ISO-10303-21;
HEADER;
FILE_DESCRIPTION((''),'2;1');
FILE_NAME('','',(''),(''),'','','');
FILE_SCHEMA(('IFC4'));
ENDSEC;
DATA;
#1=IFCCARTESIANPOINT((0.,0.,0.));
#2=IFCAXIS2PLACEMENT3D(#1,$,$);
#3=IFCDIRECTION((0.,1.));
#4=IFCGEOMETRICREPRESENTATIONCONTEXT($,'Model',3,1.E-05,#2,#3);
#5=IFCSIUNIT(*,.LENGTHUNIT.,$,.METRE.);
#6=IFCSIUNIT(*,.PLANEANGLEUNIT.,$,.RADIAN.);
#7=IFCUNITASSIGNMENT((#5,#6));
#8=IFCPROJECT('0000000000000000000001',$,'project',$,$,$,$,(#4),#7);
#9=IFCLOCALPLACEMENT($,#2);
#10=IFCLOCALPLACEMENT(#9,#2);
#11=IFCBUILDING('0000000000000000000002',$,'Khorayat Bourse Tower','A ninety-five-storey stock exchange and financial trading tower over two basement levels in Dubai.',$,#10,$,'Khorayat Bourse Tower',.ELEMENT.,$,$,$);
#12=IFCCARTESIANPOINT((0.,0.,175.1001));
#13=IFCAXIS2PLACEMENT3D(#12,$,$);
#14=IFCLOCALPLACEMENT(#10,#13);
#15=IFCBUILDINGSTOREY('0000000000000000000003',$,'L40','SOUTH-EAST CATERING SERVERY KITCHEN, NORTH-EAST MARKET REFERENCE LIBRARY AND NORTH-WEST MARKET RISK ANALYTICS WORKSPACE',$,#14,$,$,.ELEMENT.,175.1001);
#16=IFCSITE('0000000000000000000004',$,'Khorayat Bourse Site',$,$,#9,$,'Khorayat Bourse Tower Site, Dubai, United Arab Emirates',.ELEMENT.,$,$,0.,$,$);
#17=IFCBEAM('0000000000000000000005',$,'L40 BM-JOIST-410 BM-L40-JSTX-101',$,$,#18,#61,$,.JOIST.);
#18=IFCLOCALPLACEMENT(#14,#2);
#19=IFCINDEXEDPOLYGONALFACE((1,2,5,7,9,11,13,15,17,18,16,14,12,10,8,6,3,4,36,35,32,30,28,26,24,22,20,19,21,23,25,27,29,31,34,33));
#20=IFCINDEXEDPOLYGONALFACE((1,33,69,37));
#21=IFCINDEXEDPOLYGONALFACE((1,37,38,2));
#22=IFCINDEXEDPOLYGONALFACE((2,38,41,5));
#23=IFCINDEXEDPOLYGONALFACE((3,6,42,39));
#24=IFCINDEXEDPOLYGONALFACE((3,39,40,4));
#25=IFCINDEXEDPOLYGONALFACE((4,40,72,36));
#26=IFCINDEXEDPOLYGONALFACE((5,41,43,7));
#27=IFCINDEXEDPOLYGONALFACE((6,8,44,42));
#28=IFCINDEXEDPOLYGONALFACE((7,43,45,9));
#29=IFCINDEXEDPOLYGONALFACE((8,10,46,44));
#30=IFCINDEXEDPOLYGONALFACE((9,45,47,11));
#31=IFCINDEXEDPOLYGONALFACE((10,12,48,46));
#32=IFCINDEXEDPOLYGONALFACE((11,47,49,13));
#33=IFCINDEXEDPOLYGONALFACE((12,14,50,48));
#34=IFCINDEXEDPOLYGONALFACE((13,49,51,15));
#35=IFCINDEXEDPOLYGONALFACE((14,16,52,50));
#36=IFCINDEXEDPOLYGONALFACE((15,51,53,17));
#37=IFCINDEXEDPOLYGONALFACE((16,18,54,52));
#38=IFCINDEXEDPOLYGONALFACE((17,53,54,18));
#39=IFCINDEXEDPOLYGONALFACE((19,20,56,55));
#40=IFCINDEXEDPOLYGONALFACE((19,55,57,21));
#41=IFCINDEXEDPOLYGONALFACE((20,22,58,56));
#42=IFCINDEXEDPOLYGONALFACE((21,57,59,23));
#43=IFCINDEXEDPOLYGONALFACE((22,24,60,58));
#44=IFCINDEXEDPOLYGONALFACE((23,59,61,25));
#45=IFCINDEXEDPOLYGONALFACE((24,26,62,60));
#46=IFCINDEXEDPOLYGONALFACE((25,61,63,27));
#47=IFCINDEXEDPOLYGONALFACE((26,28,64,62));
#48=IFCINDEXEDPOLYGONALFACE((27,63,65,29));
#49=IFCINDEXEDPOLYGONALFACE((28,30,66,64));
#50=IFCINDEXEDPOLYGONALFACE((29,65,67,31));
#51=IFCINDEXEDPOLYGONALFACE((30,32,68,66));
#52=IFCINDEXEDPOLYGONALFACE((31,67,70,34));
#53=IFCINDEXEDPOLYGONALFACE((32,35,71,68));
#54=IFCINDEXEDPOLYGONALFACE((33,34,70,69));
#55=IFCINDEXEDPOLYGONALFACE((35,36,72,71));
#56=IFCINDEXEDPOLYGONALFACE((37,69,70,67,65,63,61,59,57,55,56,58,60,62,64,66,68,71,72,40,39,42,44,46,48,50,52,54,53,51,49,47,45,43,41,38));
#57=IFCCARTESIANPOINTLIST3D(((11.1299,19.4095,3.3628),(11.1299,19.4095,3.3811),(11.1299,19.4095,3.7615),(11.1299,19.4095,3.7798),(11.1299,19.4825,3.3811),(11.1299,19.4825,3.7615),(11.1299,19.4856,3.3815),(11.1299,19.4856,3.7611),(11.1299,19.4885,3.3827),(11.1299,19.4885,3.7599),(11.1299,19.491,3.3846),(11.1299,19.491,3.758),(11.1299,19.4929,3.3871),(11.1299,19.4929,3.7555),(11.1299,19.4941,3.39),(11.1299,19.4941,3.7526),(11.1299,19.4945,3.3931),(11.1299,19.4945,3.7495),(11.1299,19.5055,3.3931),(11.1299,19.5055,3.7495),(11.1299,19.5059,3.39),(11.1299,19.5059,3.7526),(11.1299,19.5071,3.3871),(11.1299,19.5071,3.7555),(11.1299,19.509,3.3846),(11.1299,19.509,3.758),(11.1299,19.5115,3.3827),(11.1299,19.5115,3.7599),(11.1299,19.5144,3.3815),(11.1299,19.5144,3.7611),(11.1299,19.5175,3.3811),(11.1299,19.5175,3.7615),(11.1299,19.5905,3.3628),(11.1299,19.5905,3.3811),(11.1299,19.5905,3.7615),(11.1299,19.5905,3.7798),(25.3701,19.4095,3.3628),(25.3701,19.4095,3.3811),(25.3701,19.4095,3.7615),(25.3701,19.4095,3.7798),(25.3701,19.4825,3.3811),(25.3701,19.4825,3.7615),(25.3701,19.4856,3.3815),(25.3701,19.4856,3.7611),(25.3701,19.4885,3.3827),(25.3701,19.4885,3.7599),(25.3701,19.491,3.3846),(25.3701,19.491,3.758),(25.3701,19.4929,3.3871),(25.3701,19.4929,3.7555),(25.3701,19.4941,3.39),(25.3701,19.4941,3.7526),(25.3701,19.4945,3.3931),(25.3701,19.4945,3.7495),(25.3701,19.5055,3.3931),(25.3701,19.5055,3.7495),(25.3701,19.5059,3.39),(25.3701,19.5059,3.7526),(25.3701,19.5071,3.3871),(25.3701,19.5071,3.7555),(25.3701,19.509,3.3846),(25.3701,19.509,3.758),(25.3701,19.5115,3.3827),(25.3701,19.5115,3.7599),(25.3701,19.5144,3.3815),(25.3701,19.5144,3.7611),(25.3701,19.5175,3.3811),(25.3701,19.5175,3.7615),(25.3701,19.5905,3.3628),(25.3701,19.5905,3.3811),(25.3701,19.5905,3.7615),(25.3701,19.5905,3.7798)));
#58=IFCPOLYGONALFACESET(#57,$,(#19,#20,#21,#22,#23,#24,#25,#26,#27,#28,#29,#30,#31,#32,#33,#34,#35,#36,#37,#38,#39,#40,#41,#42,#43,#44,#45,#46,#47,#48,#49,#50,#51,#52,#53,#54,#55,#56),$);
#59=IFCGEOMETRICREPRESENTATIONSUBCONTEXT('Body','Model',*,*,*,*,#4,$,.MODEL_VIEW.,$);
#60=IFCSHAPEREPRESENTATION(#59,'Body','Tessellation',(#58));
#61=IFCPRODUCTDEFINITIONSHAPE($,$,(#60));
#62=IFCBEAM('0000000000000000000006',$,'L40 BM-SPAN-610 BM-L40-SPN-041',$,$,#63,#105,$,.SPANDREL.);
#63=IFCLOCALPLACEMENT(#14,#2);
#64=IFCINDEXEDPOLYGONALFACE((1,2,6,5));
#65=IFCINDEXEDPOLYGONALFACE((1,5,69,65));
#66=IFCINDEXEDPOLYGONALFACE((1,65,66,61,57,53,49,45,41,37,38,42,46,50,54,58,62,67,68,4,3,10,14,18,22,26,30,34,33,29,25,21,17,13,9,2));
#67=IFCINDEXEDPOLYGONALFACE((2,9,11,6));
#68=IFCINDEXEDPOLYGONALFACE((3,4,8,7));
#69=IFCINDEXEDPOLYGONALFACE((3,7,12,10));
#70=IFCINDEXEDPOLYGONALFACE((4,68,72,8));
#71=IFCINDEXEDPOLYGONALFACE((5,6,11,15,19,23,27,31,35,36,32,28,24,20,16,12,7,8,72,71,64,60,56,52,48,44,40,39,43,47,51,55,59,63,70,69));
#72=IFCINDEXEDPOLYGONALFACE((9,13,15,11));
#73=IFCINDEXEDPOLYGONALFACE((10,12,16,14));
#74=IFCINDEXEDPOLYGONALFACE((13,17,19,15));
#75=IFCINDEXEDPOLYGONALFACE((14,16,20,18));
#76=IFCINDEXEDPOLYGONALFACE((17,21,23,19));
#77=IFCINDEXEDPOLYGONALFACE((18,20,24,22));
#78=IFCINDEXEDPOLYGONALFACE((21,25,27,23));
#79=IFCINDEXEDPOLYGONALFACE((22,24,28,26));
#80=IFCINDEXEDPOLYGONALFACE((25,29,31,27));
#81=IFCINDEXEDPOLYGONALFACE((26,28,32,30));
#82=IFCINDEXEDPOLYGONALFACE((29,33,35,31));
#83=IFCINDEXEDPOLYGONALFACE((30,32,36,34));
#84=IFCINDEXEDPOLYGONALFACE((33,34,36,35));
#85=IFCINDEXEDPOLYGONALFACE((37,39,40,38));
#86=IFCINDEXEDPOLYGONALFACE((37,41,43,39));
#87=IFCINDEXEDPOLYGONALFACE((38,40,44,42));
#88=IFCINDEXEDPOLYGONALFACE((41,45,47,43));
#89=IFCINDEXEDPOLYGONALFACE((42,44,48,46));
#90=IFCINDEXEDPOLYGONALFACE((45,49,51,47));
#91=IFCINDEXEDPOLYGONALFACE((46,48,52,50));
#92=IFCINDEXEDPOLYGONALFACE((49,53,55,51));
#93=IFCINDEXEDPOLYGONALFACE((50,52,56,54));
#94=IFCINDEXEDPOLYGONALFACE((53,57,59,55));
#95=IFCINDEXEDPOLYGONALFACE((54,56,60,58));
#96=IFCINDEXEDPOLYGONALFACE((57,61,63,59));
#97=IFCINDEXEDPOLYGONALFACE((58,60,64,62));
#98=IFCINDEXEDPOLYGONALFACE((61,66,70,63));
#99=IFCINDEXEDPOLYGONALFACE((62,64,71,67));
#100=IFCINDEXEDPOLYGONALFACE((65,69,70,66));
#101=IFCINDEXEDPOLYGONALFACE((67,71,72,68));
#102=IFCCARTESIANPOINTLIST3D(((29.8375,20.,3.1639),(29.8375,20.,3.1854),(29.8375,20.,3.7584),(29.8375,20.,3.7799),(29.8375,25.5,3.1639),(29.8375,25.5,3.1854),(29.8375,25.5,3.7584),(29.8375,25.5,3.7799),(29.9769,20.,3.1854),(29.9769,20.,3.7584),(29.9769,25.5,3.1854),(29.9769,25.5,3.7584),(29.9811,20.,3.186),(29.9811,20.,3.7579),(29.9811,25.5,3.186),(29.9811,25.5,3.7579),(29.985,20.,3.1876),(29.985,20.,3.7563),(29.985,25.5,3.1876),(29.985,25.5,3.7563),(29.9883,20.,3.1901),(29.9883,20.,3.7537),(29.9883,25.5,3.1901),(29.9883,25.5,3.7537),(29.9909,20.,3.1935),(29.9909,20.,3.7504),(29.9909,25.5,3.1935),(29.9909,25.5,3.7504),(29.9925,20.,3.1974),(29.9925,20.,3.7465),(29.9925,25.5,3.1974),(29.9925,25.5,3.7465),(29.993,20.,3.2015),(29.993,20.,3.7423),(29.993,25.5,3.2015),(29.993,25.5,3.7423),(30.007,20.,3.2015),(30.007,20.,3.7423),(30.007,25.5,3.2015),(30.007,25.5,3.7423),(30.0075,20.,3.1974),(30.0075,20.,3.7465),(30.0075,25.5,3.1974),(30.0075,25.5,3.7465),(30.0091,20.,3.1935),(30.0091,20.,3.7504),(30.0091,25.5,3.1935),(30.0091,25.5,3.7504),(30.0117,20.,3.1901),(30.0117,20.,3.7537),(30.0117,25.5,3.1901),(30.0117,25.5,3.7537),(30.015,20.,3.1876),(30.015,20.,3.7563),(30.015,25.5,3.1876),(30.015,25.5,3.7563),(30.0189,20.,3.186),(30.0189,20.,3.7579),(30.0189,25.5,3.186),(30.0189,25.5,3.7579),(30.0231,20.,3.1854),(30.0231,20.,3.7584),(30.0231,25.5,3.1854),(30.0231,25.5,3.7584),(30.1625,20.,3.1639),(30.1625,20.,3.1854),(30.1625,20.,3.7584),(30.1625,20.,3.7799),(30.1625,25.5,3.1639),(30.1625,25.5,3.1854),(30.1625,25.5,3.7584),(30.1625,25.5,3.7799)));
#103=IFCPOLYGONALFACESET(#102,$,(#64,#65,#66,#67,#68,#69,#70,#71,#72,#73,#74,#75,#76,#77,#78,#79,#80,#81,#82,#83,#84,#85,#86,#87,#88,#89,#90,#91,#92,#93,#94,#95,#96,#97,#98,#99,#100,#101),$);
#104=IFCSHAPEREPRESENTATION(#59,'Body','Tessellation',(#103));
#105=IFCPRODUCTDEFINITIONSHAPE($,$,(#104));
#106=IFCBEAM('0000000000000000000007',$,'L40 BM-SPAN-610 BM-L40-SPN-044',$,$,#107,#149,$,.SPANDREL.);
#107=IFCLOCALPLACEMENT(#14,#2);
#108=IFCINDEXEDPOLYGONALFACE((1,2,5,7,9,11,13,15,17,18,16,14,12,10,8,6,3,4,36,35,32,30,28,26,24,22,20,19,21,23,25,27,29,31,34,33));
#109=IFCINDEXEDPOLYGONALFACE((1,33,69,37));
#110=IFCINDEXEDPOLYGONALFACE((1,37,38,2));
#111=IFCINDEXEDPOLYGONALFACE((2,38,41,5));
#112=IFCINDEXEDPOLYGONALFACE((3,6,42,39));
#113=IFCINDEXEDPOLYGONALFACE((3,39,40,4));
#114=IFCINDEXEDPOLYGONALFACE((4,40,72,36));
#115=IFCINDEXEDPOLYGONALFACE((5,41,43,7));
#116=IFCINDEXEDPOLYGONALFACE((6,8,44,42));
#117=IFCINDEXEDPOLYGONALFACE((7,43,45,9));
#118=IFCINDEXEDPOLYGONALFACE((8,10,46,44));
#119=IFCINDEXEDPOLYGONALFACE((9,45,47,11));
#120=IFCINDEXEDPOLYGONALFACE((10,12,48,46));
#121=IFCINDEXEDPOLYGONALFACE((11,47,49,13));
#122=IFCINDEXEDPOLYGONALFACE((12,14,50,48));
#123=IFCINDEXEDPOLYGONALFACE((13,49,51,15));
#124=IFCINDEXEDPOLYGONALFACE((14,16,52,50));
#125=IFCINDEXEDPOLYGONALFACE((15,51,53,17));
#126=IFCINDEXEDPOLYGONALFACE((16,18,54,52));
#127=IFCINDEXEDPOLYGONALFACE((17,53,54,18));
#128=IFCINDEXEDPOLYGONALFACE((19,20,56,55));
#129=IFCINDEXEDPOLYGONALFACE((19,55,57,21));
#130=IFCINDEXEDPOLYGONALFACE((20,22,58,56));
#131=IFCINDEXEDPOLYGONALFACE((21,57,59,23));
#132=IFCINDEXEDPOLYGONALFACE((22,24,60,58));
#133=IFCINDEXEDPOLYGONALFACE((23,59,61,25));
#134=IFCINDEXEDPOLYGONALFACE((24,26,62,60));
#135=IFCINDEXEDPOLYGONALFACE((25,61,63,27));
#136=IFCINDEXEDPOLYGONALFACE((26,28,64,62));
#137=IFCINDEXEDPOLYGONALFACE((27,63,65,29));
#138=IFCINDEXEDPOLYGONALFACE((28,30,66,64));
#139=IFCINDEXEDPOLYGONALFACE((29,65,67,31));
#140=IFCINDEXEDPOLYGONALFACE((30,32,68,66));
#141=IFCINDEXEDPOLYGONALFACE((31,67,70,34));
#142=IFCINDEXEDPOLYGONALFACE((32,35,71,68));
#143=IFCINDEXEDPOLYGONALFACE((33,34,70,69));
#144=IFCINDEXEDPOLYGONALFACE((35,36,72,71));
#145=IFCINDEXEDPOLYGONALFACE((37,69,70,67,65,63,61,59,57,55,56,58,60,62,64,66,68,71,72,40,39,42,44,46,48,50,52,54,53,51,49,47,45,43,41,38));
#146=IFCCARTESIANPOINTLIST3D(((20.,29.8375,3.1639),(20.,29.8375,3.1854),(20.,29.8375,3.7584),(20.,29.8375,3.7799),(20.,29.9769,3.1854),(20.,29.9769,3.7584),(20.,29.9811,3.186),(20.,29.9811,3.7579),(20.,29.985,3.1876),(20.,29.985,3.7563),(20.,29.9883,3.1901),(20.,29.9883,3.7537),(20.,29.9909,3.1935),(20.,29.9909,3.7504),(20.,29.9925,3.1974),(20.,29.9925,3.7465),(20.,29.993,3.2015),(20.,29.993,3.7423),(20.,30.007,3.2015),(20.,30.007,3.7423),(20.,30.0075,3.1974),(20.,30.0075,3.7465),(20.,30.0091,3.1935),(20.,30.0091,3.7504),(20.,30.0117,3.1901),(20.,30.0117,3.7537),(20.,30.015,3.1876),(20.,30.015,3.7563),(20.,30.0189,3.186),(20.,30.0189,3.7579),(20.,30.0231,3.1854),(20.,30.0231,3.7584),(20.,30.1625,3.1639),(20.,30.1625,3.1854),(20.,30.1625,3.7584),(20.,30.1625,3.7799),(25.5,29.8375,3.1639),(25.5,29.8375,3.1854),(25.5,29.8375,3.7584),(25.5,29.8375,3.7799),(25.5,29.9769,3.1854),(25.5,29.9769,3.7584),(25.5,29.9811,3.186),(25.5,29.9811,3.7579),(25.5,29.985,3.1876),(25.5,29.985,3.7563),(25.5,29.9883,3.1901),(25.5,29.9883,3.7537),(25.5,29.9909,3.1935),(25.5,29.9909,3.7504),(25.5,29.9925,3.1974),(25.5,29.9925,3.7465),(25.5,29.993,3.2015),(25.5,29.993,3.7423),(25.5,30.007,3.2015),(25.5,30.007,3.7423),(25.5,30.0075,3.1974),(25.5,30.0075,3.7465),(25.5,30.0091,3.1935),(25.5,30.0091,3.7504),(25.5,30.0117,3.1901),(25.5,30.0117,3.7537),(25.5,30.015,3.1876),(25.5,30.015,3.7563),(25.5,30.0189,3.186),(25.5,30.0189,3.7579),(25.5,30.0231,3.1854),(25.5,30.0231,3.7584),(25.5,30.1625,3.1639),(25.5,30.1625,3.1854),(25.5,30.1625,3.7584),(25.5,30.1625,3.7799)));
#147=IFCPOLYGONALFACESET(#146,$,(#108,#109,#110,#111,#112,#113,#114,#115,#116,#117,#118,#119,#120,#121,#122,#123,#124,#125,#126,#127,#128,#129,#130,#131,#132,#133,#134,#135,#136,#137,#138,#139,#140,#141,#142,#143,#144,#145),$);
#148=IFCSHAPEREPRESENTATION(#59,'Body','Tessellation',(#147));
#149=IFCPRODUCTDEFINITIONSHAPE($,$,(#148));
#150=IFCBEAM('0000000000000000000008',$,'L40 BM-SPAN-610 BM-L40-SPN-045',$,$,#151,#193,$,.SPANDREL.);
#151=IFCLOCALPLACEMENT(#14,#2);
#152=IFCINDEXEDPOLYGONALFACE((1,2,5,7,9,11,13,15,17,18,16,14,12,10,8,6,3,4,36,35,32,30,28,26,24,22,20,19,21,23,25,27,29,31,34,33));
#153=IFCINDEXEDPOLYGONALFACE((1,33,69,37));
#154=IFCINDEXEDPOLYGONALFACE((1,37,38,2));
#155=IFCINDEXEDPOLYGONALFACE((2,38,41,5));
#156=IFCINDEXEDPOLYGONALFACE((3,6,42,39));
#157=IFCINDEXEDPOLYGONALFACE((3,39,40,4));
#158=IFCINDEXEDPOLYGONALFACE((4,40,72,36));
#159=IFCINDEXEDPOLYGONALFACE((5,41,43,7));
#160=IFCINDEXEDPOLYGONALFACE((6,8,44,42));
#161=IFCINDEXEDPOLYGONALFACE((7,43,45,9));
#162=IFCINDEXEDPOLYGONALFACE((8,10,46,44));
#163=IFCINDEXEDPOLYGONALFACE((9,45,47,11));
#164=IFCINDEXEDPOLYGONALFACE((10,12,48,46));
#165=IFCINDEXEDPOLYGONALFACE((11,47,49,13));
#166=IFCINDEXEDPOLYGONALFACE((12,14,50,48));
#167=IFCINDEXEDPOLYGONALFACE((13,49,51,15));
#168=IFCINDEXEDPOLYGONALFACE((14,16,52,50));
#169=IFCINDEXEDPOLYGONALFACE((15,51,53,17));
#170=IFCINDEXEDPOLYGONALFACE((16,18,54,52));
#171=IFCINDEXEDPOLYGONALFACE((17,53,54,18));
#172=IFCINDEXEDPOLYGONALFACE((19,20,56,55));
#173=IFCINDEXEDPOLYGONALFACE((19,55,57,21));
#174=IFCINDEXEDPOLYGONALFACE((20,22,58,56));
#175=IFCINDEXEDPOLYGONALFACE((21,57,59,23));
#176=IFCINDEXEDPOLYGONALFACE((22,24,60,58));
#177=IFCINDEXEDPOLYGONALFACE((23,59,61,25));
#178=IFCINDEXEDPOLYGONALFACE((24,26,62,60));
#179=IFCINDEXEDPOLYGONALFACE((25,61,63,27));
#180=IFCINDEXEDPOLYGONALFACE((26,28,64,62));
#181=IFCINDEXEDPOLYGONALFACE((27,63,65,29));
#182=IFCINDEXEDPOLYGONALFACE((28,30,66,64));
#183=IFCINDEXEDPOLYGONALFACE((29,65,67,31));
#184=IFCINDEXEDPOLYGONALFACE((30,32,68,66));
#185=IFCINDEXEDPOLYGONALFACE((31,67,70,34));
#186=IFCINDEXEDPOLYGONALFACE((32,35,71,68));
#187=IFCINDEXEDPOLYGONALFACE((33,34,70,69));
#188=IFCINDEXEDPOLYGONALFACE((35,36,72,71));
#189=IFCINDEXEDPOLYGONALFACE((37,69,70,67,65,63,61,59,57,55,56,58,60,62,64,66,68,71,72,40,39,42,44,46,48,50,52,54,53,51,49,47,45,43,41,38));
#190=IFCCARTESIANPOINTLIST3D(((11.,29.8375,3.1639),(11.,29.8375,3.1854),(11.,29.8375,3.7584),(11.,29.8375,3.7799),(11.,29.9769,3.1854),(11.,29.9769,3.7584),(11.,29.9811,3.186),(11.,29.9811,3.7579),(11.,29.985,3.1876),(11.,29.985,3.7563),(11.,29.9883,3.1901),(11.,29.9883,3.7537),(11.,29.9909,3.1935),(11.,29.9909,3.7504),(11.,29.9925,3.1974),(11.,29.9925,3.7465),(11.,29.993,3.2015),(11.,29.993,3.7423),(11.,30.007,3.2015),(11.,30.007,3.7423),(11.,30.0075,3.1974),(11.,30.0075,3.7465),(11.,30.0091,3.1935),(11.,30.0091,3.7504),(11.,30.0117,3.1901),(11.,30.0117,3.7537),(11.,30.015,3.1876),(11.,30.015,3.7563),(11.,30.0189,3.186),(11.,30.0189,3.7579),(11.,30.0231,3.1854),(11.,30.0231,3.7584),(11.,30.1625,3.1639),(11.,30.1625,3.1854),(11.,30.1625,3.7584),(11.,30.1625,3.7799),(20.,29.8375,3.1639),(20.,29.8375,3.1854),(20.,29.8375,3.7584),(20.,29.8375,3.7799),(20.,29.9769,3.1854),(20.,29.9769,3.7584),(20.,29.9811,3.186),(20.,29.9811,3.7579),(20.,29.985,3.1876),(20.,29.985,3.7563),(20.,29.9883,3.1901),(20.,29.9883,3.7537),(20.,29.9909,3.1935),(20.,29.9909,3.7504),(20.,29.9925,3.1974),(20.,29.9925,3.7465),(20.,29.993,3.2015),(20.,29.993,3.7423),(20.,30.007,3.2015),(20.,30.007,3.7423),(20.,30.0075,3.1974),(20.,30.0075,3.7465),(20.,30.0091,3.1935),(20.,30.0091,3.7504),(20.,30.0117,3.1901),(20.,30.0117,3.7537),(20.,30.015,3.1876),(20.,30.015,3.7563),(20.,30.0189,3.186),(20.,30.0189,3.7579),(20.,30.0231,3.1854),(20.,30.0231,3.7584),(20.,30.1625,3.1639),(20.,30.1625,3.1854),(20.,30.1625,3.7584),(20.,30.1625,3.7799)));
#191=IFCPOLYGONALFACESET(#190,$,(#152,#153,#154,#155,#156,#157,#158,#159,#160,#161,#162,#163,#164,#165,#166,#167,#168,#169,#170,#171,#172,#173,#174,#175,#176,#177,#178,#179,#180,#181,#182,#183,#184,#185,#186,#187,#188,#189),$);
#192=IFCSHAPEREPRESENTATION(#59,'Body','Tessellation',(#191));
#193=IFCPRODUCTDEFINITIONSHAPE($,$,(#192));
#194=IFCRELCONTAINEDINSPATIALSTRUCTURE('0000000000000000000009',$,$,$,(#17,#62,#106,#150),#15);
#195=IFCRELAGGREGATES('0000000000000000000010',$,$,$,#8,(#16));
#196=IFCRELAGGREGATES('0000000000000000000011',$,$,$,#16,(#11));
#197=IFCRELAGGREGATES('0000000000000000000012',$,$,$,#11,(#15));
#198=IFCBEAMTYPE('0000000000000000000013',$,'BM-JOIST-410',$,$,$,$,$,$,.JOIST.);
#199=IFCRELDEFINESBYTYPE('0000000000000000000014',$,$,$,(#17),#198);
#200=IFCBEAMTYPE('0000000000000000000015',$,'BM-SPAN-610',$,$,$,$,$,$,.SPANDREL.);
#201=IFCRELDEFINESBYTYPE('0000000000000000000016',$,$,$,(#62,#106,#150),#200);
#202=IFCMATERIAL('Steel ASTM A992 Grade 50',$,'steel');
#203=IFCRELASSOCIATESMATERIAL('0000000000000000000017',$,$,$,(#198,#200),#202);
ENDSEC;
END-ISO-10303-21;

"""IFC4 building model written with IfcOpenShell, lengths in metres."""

from ifc_helpers import new_model, si_unit, direction, frame, origin, origin_2d, place, context, subcontext, project, spatial, i_section, extrude, source, transform, mapped, material, material_profile, profile_set, type_object, element, save


model = new_model("IFC4")

# Units and contexts
model_context = context("Model", 3, precision=1e-05, world=origin(), true_north=direction((0.0, 1.0)))
body_context = subcontext(model_context, "Body", "Model", "MODEL_VIEW")
ifc_project = project(units=[si_unit("LENGTHUNIT", "METRE"), si_unit("PLANEANGLEUNIT", "RADIAN")], contexts=[model_context])

# Site, building, storey
site_placement = place(None, origin())
site = spatial("IfcSite", under=ifc_project, at=site_placement, Name="Khorayat Bourse Site", LongName="Khorayat Bourse Tower Site, Dubai, United Arab Emirates", CompositionType="ELEMENT", RefElevation=0.0)
building_placement = place(site_placement, origin())
building = spatial("IfcBuilding", under=site, at=building_placement, Name="Khorayat Bourse Tower", Description="A ninety-five-storey stock exchange and financial trading tower over two basement levels in Dubai.", LongName="Khorayat Bourse Tower", CompositionType="ELEMENT")
storey_placement = place(building_placement, frame((0.0, 0.0, 175.1001)))
storey = spatial("IfcBuildingStorey", under=building, at=storey_placement, Name="L40", Description="SOUTH-EAST CATERING SERVERY KITCHEN, NORTH-EAST MARKET REFERENCE LIBRARY AND NORTH-WEST MARKET RISK ANALYTICS WORKSPACE", CompositionType="ELEMENT", Elevation=175.1001)

# Beams
ifc_material_1 = material(Name="Steel ASTM A992 Grade 50", Category="steel")
ifc_material_profile_1 = material_profile(ifc_material_1, i_section(OverallWidth=0.1809, OverallDepth=0.417, WebThickness=0.011, FlangeThickness=0.0183, FilletRadius=0.012, at=origin_2d()), Name="W410X85")
ifc_profile_set_1 = profile_set([ifc_material_profile_1], Name="Steel ASTM A992 Grade 50")
beam_type_1 = type_object("IfcBeamType", Name="BM-JOIST-410", PredefinedType="JOIST", material=ifc_profile_set_1)
shared_shape_1 = source(origin(), body_context, "Body", "SweptSolid", [
    extrude(i_section(OverallWidth=0.1809, OverallDepth=0.417, WebThickness=0.011, FlangeThickness=0.0183, FilletRadius=0.012, at=origin_2d()), origin(), (0.0, 0.0, 1.0), 14.2402),
])
beam_1_placement = place(storey_placement, frame((11.1299, 19.5, 3.5713), z_axis=(1.0, 0.0, 0.0), x_axis=(0.0, 1.0, 0.0)))
element("IfcBeam", 1, at=beam_1_placement, inside=storey, type_object=beam_type_1, Name="L40 BM-JOIST-410 BM-L40-JSTX-101", PredefinedType="JOIST", context=body_context, shape_type="MappedRepresentation", body=[
    mapped(shared_shape_1, transform((0.0, 0.0, 0.0), scale=1.0)),
])
ifc_material_profile_2 = material_profile(ifc_material_1, i_section(OverallWidth=0.325, OverallDepth=0.616, WebThickness=0.0139, FlangeThickness=0.0215, FilletRadius=0.0161, at=origin_2d()), Name="W610X174")
ifc_profile_set_2 = profile_set([ifc_material_profile_2], Name="Steel ASTM A992 Grade 50")
beam_type_2 = type_object("IfcBeamType", Name="BM-SPAN-610", PredefinedType="SPANDREL", material=ifc_profile_set_2)
shared_shape_2 = source(origin(), body_context, "Body", "SweptSolid", [
    extrude(i_section(OverallWidth=0.325, OverallDepth=0.616, WebThickness=0.0139, FlangeThickness=0.0215, FilletRadius=0.0161, at=origin_2d()), origin(), (0.0, 0.0, 1.0), 5.5),
])
for number, where, z_axis, x_axis, name in (
    (2, (30.0, 20.0, 3.4719), (0.0, 1.0, 0.0), (-1.0, 0.0, 0.0), "L40 BM-SPAN-610 BM-L40-SPN-041"),
    (3, (20.0, 30.0, 3.4719), (1.0, 0.0, 0.0), (0.0, 1.0, 0.0), "L40 BM-SPAN-610 BM-L40-SPN-044"),
):
    element("IfcBeam", number, at=place(storey_placement, frame(where, z_axis=z_axis, x_axis=x_axis)), inside=storey, type_object=beam_type_2, Name=name, PredefinedType="SPANDREL", context=body_context, shape_type="MappedRepresentation", body=[
        mapped(shared_shape_2, transform((0.0, 0.0, 0.0), scale=1.0)),
    ])
shared_shape_3 = source(origin(), body_context, "Body", "SweptSolid", [
    extrude(i_section(OverallWidth=0.325, OverallDepth=0.616, WebThickness=0.0139, FlangeThickness=0.0215, FilletRadius=0.0161, at=origin_2d()), origin(), (0.0, 0.0, 1.0), 9.0),
])
beam_2_placement = place(storey_placement, frame((11.0, 30.0, 3.4719), z_axis=(1.0, 0.0, 0.0), x_axis=(0.0, 1.0, 0.0)))
element("IfcBeam", 4, at=beam_2_placement, inside=storey, type_object=beam_type_2, Name="L40 BM-SPAN-610 BM-L40-SPN-045", PredefinedType="SPANDREL", context=body_context, shape_type="MappedRepresentation", body=[
    mapped(shared_shape_3, transform((0.0, 0.0, 0.0), scale=1.0)),
])

save(model, "model.ifc")
